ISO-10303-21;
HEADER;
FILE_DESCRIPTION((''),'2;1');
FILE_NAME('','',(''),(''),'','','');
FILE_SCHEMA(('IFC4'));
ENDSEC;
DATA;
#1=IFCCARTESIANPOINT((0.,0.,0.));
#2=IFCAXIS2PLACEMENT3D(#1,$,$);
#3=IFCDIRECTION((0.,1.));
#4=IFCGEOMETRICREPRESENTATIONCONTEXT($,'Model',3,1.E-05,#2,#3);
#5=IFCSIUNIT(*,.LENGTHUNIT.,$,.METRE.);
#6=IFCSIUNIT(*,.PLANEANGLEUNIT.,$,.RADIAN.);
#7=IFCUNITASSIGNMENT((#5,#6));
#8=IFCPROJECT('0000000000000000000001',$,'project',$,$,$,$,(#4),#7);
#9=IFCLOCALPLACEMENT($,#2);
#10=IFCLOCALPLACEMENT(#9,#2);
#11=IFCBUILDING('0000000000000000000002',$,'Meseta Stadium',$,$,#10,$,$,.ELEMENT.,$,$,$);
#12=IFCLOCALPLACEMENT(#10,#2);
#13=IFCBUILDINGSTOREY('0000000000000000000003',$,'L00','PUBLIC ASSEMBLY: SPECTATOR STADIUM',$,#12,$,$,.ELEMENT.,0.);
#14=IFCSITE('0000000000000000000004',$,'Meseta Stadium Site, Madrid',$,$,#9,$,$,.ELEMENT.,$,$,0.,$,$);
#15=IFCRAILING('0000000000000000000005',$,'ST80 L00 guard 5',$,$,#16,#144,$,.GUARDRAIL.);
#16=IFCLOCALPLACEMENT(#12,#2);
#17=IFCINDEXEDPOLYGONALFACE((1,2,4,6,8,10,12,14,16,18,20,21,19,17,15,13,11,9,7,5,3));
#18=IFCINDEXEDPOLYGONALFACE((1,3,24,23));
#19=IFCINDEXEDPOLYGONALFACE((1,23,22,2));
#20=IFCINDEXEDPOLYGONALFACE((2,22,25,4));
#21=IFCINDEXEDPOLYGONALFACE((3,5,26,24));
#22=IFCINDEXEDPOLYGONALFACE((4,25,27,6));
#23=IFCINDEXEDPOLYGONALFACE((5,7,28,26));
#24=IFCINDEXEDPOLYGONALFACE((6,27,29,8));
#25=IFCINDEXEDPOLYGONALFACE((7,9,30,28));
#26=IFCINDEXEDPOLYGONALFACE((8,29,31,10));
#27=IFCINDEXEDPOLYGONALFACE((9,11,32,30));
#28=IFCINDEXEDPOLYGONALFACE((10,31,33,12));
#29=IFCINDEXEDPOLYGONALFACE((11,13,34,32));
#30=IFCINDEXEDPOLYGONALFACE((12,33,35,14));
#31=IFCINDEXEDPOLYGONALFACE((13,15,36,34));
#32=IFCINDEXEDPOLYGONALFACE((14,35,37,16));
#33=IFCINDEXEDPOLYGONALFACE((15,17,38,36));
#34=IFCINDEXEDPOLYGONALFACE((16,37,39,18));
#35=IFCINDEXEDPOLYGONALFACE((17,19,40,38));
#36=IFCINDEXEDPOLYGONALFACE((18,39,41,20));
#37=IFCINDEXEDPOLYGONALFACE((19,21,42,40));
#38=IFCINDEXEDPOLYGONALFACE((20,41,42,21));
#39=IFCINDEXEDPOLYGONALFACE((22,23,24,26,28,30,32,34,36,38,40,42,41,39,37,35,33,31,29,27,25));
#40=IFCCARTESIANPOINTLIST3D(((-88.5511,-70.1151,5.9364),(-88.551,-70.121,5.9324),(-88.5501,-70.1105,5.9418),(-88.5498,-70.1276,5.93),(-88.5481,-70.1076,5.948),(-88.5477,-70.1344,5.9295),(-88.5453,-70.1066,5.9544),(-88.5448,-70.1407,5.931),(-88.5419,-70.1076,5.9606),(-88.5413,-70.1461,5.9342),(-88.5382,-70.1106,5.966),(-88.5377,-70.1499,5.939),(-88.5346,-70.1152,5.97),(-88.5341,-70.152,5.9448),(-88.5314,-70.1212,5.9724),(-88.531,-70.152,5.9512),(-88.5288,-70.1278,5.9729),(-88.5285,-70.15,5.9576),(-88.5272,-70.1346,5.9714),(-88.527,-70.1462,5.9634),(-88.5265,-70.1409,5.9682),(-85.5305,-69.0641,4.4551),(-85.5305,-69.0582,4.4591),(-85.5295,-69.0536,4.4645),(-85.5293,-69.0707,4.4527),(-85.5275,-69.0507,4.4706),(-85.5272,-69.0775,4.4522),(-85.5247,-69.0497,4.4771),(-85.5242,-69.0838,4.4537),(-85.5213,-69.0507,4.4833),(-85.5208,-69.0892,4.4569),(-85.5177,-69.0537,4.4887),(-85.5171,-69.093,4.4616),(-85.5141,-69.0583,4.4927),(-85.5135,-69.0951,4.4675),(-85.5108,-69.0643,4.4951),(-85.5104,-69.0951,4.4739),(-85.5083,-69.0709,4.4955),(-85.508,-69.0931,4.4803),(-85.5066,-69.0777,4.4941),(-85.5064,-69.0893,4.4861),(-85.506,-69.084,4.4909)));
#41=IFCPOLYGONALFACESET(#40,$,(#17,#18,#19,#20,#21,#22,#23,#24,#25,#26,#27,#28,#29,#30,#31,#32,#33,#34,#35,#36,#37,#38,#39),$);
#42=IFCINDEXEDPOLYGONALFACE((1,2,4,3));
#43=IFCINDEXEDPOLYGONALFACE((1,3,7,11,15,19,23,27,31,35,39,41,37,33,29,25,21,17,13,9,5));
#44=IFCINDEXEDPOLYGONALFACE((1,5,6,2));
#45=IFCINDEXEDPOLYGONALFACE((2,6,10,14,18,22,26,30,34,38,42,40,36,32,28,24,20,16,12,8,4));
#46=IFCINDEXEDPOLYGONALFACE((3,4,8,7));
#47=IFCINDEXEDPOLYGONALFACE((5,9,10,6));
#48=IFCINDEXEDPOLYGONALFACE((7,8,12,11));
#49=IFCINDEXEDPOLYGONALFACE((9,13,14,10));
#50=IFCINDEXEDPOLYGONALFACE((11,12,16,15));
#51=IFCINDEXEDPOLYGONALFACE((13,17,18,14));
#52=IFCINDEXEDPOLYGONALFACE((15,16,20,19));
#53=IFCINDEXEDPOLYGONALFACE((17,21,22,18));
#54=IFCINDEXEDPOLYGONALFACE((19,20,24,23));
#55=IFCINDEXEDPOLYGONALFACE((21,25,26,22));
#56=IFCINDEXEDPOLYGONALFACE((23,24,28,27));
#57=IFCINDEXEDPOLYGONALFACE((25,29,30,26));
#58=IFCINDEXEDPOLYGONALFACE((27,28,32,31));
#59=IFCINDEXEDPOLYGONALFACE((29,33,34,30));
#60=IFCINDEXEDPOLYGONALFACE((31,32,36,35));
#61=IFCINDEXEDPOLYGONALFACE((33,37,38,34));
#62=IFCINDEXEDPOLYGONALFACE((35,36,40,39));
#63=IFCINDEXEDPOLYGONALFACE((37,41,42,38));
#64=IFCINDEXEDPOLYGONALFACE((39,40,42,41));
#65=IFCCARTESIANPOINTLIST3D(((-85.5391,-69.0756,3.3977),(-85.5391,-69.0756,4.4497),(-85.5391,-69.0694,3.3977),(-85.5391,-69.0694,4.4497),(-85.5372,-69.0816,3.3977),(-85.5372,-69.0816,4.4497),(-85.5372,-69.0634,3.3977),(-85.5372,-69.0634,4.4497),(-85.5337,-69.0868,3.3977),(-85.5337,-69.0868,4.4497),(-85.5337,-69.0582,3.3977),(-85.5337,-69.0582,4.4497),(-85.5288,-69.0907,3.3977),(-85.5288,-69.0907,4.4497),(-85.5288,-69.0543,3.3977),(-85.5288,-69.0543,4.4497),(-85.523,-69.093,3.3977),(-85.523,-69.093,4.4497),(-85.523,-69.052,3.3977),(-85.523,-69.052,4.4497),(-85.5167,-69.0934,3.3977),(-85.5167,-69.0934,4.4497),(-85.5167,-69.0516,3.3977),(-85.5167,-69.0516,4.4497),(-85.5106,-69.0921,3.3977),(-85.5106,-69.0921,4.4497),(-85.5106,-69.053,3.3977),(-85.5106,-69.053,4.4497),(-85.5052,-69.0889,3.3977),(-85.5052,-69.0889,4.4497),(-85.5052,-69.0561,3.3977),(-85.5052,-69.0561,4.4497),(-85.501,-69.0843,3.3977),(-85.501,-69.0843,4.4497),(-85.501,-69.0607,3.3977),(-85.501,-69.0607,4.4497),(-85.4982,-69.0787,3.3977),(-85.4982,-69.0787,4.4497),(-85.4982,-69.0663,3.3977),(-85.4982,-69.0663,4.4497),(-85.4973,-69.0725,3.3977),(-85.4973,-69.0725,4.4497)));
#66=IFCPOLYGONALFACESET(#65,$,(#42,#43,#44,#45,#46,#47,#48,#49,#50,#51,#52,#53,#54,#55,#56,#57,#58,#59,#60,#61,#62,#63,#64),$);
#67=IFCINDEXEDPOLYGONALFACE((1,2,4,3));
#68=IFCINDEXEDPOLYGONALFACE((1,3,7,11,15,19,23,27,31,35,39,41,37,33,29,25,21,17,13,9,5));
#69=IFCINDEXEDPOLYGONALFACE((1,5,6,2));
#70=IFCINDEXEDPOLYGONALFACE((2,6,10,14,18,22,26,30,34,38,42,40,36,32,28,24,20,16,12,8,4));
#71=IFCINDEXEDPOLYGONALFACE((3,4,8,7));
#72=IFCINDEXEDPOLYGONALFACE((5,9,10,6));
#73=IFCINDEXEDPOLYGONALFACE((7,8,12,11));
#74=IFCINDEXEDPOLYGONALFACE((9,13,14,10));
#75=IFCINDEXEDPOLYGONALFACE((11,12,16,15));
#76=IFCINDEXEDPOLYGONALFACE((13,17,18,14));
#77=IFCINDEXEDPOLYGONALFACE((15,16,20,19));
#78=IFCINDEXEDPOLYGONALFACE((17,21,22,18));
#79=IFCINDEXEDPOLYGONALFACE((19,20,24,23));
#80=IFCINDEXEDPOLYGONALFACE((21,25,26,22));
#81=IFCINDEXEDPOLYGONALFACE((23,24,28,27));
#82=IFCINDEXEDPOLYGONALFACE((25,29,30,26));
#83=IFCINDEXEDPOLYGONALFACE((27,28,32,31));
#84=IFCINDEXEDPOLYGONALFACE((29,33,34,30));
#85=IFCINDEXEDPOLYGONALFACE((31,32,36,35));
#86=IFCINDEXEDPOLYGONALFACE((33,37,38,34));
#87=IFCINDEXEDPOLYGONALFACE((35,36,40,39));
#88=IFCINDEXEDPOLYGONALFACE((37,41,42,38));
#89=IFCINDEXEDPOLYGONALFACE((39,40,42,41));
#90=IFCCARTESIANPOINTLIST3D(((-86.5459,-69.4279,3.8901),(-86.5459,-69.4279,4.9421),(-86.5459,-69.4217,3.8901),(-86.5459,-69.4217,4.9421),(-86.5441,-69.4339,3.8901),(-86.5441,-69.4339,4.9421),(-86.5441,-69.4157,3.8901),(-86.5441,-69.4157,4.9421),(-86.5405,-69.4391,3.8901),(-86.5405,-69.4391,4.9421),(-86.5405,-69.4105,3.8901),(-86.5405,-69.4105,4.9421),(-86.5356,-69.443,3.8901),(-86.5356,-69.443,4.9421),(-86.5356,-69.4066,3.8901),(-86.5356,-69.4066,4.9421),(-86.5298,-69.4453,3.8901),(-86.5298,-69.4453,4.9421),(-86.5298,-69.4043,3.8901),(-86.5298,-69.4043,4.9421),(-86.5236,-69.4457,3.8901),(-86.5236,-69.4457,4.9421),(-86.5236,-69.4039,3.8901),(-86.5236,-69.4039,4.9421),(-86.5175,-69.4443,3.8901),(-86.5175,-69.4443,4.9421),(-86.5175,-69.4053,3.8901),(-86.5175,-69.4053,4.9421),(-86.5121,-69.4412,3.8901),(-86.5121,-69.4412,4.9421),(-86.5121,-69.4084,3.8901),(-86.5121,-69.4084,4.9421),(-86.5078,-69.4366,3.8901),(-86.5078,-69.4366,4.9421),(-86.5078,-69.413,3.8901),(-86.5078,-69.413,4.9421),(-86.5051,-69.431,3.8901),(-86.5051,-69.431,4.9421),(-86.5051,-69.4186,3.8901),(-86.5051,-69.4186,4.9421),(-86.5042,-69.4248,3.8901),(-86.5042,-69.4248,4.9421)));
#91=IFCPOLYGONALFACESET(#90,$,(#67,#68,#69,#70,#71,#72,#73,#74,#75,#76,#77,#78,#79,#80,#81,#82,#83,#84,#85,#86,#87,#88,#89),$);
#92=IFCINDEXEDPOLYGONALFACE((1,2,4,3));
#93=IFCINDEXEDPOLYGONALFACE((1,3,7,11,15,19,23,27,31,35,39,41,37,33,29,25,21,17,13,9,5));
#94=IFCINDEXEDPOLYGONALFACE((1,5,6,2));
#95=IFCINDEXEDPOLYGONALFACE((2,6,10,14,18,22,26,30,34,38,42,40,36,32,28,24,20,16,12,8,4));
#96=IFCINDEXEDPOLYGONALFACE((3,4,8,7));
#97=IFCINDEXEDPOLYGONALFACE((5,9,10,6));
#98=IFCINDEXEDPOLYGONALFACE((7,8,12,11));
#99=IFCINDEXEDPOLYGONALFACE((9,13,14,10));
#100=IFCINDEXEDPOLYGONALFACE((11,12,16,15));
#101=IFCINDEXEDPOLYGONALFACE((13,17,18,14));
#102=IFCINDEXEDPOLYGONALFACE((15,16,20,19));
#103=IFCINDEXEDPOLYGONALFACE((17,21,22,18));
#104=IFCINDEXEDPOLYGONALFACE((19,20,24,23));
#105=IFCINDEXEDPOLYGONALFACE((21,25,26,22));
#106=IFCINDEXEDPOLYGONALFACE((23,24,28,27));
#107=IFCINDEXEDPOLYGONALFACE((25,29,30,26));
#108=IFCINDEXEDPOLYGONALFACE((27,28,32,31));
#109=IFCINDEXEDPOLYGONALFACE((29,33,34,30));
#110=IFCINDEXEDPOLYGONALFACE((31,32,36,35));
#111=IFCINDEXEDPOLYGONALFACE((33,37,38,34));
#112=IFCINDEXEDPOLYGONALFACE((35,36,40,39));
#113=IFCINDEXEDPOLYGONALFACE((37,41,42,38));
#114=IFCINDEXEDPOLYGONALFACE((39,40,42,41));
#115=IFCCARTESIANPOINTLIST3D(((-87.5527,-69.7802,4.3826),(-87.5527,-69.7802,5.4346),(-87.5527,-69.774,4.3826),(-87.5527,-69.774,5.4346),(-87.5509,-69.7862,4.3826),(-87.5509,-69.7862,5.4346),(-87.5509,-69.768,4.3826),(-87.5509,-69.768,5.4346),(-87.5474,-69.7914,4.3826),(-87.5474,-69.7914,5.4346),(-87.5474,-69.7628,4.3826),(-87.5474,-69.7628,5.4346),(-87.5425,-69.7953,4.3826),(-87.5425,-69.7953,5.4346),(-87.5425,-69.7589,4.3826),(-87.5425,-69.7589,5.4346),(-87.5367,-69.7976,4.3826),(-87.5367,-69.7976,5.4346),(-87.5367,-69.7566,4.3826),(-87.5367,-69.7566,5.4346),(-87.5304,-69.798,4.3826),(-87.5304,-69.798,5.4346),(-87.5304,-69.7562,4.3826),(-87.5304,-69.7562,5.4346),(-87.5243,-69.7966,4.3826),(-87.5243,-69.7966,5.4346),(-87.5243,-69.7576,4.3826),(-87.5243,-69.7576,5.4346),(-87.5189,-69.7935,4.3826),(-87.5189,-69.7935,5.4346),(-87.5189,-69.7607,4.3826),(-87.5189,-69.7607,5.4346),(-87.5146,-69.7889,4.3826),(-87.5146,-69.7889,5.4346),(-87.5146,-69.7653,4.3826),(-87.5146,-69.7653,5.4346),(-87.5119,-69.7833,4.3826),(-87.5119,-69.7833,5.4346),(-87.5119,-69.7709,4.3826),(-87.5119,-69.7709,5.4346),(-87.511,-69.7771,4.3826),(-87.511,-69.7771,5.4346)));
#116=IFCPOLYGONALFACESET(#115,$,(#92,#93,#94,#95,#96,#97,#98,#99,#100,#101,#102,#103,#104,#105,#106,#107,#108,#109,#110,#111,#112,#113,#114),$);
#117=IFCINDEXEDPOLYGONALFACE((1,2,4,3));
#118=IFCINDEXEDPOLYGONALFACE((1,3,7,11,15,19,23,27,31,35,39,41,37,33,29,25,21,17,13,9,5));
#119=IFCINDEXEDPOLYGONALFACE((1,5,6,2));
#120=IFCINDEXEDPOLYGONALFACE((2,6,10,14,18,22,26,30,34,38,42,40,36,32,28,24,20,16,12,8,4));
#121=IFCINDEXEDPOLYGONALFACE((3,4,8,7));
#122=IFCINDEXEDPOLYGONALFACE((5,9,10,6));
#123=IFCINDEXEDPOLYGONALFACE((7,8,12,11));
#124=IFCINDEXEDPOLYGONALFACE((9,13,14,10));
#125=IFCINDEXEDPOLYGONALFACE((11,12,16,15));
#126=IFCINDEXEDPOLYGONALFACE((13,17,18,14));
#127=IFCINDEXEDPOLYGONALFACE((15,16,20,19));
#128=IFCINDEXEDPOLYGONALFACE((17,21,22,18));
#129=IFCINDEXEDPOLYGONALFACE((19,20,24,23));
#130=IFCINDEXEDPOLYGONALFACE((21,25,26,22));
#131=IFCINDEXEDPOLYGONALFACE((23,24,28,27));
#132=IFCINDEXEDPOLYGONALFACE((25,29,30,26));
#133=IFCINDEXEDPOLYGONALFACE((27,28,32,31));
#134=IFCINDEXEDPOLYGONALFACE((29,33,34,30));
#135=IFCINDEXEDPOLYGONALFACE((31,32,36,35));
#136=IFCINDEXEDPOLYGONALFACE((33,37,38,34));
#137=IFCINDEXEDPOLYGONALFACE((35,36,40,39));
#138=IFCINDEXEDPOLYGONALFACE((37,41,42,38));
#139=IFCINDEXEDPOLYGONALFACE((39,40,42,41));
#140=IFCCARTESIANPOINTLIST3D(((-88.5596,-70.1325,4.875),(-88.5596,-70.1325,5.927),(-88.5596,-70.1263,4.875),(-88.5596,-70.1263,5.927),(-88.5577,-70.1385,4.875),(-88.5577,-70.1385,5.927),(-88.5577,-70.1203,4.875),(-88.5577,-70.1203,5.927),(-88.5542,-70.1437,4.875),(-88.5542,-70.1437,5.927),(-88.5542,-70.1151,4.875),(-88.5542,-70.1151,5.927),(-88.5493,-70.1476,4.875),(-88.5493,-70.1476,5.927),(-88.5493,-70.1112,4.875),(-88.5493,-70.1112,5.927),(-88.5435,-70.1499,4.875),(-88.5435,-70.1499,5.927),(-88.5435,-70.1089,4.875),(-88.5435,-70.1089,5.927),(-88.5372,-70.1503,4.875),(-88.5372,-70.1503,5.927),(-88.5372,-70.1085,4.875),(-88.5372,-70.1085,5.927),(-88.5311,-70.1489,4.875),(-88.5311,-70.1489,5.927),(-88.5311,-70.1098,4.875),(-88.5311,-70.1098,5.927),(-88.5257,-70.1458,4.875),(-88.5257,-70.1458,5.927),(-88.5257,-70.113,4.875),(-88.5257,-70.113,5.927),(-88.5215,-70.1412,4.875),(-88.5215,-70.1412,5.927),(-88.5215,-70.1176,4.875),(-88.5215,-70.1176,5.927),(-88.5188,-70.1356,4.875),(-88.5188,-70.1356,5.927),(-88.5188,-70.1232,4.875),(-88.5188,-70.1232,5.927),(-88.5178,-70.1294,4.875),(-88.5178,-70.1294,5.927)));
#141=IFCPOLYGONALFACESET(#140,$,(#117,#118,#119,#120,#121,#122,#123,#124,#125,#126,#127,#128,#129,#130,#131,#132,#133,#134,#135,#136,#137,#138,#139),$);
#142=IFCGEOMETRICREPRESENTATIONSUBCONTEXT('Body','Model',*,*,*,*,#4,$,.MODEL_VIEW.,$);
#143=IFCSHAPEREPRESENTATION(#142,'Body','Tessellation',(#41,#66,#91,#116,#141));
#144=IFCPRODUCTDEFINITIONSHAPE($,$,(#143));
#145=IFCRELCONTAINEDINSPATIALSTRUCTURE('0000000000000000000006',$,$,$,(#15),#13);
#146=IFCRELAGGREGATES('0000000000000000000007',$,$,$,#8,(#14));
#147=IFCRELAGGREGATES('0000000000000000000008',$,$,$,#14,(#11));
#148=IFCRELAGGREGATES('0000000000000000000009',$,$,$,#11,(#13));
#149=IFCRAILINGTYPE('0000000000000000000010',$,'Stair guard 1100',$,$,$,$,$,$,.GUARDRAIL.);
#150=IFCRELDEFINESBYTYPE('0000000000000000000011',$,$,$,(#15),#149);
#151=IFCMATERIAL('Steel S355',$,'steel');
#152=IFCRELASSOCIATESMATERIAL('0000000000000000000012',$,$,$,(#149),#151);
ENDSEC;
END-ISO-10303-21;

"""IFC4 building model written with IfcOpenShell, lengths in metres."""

from ifc_helpers import new_model, si_unit, direction, frame, origin, origin_2d, place, context, subcontext, project, spatial, circle, extrude, material, type_object, element, save


model = new_model("IFC4")

# Units and contexts
model_context = context("Model", 3, precision=1e-05, world=origin(), true_north=direction((0.0, 1.0)))
body_context = subcontext(model_context, "Body", "Model", "MODEL_VIEW")
ifc_project = project(units=[si_unit("LENGTHUNIT", "METRE"), si_unit("PLANEANGLEUNIT", "RADIAN")], contexts=[model_context])

# Site, building, storey
site_placement = place(None, origin())
site = spatial("IfcSite", under=ifc_project, at=site_placement, Name="Meseta Stadium Site, Madrid", CompositionType="ELEMENT", RefElevation=0.0)
building_placement = place(site_placement, origin())
building = spatial("IfcBuilding", under=site, at=building_placement, Name="Meseta Stadium", CompositionType="ELEMENT")
storey_placement = place(building_placement, origin())
storey = spatial("IfcBuildingStorey", under=building, at=storey_placement, Name="L00", Description="PUBLIC ASSEMBLY: SPECTATOR STADIUM", CompositionType="ELEMENT", Elevation=0.0)

# Railing
ifc_material_1 = material(Name="Steel S355", Category="steel")
railing_type_1 = type_object("IfcRailingType", Name="Stair guard 1100", PredefinedType="GUARDRAIL", material=ifc_material_1)
railing_1_placement = place(storey_placement, frame((-85.5183, -69.0725, 3.3977)))
element("IfcRailing", 1, at=railing_1_placement, inside=storey, type_object=railing_type_1, Name="ST80 L00 guard 5", PredefinedType="GUARDRAIL", context=body_context, shape_type="SweptSolid", body=[
    extrude(circle(Radius=0.0239, at=origin_2d()), frame((0.0, 0.0, 1.0762), z_axis=(-0.856977, -0.299859, 0.419137), x_axis=(0.330269, -0.943887, 0.0)), (0.0, 0.0, 1.0), 3.5247),
    extrude(circle(Radius=0.021, at=origin_2d()), origin(), (0.0, 0.0, 1.0), 1.052),
    extrude(circle(Radius=0.021, at=origin_2d()), frame((-1.0068, -0.3523, 0.4924)), (0.0, 0.0, 1.0), 1.052),
    extrude(circle(Radius=0.021, at=origin_2d()), frame((-2.0137, -0.7046, 0.9849)), (0.0, 0.0, 1.0), 1.052),
    extrude(circle(Radius=0.021, at=origin_2d()), frame((-3.0205, -1.0569, 1.4773)), (0.0, 0.0, 1.0), 1.052),
])

save(model, "model.ifc")
